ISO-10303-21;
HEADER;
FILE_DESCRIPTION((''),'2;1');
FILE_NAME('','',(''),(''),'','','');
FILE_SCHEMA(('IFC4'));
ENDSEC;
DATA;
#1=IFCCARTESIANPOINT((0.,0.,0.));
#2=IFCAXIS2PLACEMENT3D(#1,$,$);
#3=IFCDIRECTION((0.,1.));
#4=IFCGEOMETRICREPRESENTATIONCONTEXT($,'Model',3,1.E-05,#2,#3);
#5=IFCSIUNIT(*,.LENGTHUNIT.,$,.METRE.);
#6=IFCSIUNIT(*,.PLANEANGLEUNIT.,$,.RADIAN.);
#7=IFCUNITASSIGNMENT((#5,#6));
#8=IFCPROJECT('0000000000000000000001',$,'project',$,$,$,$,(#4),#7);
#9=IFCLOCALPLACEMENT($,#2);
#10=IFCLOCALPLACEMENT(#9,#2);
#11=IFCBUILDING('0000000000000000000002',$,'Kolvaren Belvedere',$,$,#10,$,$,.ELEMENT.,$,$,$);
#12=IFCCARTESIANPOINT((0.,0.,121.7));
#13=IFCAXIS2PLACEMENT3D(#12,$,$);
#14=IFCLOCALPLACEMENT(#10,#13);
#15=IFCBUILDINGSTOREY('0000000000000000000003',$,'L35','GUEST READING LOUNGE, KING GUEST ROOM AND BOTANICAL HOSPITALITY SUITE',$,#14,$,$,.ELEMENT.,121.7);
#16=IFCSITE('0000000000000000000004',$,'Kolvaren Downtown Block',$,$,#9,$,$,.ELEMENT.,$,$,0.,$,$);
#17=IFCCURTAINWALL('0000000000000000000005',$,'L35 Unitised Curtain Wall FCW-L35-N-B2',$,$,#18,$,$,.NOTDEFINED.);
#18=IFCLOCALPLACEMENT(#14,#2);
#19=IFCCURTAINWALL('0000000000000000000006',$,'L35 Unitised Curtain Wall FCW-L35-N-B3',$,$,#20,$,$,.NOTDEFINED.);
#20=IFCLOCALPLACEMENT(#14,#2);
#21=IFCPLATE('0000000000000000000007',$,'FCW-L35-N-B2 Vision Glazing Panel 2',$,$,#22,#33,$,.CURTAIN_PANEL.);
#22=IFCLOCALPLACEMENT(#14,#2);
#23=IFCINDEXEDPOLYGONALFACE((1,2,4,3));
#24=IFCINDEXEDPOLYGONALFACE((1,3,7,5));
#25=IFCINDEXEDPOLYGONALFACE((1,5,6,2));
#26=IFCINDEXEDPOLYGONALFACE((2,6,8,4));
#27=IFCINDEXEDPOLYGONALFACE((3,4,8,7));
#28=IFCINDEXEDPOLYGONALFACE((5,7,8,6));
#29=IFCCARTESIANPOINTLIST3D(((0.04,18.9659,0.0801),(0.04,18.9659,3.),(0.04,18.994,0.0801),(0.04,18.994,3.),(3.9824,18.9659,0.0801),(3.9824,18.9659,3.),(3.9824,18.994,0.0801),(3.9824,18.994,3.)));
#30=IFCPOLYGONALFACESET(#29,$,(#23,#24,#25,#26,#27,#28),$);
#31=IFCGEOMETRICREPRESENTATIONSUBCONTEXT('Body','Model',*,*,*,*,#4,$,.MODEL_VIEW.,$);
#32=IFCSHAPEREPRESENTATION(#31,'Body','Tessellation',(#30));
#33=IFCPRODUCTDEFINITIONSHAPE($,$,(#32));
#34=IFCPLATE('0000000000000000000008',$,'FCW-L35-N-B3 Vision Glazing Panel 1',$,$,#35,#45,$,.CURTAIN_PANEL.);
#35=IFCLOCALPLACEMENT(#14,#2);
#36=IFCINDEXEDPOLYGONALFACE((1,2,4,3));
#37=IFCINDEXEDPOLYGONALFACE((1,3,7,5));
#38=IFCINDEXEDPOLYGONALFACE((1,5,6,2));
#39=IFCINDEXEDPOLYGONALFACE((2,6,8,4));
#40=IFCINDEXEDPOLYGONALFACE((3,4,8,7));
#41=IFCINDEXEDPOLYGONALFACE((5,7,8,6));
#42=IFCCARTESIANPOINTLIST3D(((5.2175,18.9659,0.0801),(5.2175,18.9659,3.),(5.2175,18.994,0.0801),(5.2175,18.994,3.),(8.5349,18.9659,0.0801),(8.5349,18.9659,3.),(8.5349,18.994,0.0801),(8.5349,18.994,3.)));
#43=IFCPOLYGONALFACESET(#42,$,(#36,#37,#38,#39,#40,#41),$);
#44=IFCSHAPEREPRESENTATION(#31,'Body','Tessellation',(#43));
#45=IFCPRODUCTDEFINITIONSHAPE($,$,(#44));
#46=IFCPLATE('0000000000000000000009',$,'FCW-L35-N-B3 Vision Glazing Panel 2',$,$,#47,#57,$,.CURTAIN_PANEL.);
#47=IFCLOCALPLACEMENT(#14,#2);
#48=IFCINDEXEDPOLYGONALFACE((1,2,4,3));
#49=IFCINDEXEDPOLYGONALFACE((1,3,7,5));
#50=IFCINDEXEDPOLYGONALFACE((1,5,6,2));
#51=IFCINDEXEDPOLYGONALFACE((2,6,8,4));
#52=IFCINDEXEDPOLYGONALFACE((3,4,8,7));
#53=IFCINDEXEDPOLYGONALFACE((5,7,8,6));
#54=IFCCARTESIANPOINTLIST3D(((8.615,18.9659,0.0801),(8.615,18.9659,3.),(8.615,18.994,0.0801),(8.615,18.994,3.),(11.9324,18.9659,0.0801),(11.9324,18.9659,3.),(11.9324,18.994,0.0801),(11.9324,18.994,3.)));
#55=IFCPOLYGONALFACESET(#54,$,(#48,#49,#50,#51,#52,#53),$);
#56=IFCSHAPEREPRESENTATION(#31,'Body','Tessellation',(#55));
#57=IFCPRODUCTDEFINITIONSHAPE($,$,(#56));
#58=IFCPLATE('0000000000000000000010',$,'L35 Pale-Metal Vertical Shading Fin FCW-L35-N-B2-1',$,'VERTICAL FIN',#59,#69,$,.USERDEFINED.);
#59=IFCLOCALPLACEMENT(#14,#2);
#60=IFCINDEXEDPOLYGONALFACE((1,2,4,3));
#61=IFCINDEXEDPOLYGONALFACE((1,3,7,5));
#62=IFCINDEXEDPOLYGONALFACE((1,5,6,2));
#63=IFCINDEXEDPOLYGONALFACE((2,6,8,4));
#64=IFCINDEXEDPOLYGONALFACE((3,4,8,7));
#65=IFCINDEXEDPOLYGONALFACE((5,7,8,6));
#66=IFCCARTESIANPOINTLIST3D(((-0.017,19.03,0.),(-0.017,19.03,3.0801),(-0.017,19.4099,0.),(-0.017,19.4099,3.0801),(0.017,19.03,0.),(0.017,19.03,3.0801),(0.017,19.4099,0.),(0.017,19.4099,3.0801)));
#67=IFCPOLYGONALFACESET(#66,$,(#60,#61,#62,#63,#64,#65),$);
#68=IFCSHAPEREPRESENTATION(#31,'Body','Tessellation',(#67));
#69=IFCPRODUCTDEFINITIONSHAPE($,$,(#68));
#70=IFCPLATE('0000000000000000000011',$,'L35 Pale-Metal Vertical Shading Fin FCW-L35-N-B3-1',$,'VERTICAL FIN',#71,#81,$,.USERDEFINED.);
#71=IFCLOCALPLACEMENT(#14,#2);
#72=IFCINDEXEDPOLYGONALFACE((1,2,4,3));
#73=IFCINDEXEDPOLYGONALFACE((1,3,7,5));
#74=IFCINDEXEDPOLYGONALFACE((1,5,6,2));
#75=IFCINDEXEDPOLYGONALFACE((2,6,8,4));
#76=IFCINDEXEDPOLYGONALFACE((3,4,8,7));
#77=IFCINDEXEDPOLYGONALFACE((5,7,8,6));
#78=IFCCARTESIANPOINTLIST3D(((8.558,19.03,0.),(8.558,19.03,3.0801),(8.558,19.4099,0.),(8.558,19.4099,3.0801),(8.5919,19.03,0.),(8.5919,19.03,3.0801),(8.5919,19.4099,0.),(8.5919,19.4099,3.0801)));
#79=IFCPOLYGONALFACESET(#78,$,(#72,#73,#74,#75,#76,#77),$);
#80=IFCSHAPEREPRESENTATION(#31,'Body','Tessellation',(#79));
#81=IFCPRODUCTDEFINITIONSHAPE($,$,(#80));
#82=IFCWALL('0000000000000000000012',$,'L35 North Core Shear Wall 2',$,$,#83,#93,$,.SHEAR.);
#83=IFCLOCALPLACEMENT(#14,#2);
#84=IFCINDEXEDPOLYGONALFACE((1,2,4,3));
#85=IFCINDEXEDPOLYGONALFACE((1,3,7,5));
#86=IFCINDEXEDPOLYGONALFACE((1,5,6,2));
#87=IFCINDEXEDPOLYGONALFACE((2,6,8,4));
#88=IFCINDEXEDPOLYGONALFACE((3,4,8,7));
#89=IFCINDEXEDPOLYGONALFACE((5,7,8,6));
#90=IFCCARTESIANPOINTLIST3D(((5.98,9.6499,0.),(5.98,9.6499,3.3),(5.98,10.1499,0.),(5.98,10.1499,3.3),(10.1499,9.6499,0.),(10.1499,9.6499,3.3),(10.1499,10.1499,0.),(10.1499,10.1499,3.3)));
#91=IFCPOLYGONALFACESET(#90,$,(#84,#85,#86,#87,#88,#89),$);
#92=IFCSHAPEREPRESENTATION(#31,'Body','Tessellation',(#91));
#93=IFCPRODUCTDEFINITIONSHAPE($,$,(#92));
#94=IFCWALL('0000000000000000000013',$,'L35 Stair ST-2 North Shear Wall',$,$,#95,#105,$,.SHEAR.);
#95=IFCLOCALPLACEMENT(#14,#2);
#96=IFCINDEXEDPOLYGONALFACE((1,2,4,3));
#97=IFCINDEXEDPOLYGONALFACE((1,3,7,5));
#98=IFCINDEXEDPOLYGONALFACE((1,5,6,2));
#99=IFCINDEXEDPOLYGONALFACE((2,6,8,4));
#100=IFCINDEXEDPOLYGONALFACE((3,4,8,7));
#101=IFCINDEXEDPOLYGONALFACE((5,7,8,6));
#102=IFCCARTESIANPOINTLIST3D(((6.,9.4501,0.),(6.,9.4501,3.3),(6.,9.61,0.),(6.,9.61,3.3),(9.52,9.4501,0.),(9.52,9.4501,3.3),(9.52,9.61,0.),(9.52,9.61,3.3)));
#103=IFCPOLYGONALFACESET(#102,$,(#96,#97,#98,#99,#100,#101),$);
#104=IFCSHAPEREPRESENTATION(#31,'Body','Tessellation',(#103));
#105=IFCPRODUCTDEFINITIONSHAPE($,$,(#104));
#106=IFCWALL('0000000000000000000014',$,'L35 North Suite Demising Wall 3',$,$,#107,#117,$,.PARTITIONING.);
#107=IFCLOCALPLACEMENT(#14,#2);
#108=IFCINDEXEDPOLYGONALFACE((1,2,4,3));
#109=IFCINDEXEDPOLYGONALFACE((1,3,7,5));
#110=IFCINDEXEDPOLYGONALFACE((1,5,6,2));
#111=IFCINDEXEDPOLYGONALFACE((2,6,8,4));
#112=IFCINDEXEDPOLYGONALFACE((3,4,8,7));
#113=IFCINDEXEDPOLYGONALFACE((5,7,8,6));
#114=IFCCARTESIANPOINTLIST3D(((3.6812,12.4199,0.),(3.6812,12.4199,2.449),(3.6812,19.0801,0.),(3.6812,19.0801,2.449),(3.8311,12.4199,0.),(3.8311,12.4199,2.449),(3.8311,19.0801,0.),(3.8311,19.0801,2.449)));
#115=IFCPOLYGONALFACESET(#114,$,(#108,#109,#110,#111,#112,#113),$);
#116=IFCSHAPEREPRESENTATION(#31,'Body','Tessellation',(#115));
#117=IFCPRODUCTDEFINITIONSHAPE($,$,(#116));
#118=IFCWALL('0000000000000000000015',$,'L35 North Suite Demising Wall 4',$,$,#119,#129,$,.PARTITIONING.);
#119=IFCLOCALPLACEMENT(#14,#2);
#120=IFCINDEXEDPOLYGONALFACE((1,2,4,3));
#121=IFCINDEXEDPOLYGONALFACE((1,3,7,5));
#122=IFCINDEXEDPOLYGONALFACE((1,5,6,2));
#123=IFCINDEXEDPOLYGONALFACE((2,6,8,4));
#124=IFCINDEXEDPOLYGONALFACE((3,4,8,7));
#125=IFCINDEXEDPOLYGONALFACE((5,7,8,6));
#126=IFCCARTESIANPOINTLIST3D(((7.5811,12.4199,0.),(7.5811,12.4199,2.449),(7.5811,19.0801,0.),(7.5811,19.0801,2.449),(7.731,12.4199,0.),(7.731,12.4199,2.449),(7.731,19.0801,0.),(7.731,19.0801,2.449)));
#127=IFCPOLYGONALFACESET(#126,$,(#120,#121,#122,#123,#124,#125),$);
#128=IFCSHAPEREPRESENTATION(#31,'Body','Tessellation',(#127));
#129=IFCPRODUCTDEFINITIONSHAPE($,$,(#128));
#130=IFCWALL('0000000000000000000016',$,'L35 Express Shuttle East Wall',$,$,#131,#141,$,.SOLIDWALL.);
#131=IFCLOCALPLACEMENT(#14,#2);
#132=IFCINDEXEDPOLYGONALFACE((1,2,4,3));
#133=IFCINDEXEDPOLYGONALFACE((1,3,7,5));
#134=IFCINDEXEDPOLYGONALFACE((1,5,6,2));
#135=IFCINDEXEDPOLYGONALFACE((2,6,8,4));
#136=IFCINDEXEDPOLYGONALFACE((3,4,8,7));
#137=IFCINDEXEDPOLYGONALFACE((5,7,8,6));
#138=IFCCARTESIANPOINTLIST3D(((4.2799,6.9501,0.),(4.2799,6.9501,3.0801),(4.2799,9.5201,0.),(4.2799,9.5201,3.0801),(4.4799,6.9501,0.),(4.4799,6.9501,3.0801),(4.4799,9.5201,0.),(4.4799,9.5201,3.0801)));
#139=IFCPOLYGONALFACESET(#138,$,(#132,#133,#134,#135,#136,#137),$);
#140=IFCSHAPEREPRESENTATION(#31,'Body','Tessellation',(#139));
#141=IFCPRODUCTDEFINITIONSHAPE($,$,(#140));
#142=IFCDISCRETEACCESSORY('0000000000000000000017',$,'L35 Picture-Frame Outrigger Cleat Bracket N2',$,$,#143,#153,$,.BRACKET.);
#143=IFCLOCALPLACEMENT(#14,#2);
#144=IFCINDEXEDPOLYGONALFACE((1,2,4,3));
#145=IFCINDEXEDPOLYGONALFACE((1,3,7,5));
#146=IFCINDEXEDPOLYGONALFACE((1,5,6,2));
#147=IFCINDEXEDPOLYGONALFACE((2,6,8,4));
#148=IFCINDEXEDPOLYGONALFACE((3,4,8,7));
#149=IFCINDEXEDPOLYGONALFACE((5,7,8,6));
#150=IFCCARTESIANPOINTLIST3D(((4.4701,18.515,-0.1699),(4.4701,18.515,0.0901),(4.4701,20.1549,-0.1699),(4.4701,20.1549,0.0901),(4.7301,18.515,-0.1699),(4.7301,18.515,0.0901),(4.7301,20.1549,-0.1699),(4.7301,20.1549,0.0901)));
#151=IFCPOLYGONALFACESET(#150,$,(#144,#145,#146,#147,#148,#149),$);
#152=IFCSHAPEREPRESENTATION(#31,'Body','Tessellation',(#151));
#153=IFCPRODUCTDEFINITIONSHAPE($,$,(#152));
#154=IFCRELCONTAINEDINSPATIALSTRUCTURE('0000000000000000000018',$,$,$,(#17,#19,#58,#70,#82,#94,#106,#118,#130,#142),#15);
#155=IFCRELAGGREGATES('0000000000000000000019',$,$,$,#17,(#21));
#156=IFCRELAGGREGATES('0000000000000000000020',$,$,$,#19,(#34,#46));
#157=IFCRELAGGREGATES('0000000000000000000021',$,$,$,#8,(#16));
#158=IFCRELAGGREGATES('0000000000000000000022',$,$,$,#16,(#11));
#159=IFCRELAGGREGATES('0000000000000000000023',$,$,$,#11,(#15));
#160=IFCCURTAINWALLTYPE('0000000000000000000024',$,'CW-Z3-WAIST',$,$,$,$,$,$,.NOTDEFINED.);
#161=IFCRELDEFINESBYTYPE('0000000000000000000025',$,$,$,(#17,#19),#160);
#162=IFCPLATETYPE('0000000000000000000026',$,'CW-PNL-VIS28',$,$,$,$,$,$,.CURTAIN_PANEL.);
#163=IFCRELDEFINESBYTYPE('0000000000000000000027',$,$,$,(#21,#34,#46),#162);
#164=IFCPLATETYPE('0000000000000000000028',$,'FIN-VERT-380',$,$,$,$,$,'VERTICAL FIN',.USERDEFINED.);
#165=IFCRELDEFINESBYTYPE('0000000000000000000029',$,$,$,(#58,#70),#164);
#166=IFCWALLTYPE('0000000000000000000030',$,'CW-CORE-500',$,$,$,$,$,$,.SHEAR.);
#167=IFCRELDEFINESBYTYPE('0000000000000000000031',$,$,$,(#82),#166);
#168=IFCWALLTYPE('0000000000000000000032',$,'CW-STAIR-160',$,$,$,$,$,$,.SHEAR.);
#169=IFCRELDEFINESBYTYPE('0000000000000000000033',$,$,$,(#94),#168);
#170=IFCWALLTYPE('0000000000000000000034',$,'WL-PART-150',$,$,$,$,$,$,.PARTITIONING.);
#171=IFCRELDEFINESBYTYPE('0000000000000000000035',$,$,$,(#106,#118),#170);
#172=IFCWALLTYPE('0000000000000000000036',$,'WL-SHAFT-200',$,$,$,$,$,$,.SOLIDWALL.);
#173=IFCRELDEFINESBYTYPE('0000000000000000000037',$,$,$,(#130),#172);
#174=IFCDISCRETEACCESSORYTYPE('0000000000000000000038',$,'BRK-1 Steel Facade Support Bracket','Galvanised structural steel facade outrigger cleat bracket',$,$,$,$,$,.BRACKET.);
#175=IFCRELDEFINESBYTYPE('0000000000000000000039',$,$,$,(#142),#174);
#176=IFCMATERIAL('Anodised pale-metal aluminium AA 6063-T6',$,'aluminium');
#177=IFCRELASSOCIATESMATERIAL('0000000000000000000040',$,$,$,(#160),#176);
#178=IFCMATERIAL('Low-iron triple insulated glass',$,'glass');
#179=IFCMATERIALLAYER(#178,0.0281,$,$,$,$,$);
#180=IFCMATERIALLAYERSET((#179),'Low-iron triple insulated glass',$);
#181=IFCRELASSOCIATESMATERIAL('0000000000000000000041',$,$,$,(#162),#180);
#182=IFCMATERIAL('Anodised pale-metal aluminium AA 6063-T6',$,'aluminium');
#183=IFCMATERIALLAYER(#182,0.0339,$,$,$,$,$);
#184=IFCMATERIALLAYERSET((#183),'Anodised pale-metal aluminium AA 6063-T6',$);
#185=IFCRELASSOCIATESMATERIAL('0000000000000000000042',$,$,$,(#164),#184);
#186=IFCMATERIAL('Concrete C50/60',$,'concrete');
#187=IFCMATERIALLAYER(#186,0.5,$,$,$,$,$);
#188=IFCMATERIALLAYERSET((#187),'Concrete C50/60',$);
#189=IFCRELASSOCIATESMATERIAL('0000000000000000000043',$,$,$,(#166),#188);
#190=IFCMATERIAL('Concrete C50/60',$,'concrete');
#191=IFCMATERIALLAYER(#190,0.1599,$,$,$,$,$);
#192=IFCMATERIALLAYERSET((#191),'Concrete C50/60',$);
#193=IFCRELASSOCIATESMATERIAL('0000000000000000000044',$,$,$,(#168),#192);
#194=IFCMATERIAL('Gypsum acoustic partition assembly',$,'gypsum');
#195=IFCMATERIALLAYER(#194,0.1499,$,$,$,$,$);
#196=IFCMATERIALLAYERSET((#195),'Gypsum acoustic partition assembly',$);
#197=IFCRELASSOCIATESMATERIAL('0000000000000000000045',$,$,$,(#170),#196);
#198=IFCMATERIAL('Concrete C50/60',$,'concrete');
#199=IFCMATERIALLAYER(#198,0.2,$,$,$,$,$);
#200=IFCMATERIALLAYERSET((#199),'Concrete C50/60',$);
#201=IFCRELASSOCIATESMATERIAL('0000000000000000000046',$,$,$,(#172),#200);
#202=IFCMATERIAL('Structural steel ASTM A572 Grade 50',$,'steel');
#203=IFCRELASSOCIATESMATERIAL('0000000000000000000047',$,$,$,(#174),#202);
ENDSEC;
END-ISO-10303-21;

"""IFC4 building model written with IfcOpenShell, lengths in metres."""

from ifc_helpers import new_model, si_unit, direction, frame, frame_2d, origin, origin_2d, place, context, subcontext, project, spatial, rectangle, extrude, material, layer, layer_set, type_object, element, aggregate, save


model = new_model("IFC4")

# Units and contexts
model_context = context("Model", 3, precision=1e-05, world=origin(), true_north=direction((0.0, 1.0)))
body_context = subcontext(model_context, "Body", "Model", "MODEL_VIEW")
ifc_project = project(units=[si_unit("LENGTHUNIT", "METRE"), si_unit("PLANEANGLEUNIT", "RADIAN")], contexts=[model_context])

# Site, building, storey
site_placement = place(None, origin())
site = spatial("IfcSite", under=ifc_project, at=site_placement, Name="Kolvaren Downtown Block", CompositionType="ELEMENT", RefElevation=0.0)
building_placement = place(site_placement, origin())
building = spatial("IfcBuilding", under=site, at=building_placement, Name="Kolvaren Belvedere", CompositionType="ELEMENT")
storey_placement = place(building_placement, frame((0.0, 0.0, 121.7)))
storey = spatial("IfcBuildingStorey", under=building, at=storey_placement, Name="L35", Description="GUEST READING LOUNGE, KING GUEST ROOM AND BOTANICAL HOSPITALITY SUITE", CompositionType="ELEMENT", Elevation=121.7)

# Curtain walls
ifc_material_1 = material(Name="Anodised pale-metal aluminium AA 6063-T6", Category="aluminium")
curtain_wall_type = type_object("IfcCurtainWallType", Name="CW-Z3-WAIST", PredefinedType="NOTDEFINED", material=ifc_material_1)
curtain_wall_1_placement = place(storey_placement, origin())
curtain_wall_1 = element("IfcCurtainWall", 1, at=curtain_wall_1_placement, inside=storey, type_object=curtain_wall_type, Name="L35 Unitised Curtain Wall FCW-L35-N-B2", PredefinedType="NOTDEFINED")
curtain_wall_2_placement = place(storey_placement, origin())
curtain_wall_2 = element("IfcCurtainWall", 2, at=curtain_wall_2_placement, inside=storey, type_object=curtain_wall_type, Name="L35 Unitised Curtain Wall FCW-L35-N-B3", PredefinedType="NOTDEFINED")

# Plates
ifc_material_2 = material(Name="Low-iron triple insulated glass", Category="glass")
ifc_layer_1 = layer(ifc_material_2, 0.0281)
ifc_layer_set_1 = layer_set([ifc_layer_1], Name="Low-iron triple insulated glass")
plate_type_1 = type_object("IfcPlateType", Name="CW-PNL-VIS28", PredefinedType="CURTAIN_PANEL", material=ifc_layer_set_1)
plate_1_placement = place(storey_placement, frame((2.0112, 18.98, 0.0801), z_axis=(0.0, 0.0, 1.0), x_axis=(1.0, 0.0, 0.0)))
plate_1 = element("IfcPlate", 3, at=plate_1_placement, type_object=plate_type_1, Name="FCW-L35-N-B2 Vision Glazing Panel 2", PredefinedType="CURTAIN_PANEL", context=body_context, shape_type="SweptSolid", body=[
    extrude(rectangle(XDim=3.9424, YDim=0.0281, at=origin_2d()), origin(), (0.0, 0.0, 1.0), 2.9199),
])
aggregate(curtain_wall_1, [plate_1])
plate_2_placement = place(storey_placement, frame((6.8762, 18.98, 0.0801), z_axis=(0.0, 0.0, 1.0), x_axis=(1.0, 0.0, 0.0)))
plate_2 = element("IfcPlate", 4, at=plate_2_placement, type_object=plate_type_1, Name="FCW-L35-N-B3 Vision Glazing Panel 1", PredefinedType="CURTAIN_PANEL", context=body_context, shape_type="SweptSolid", body=[
    extrude(rectangle(XDim=3.3174, YDim=0.0281, at=origin_2d()), origin(), (0.0, 0.0, 1.0), 2.9199),
])
plate_3_placement = place(storey_placement, frame((10.2737, 18.98, 0.0801), z_axis=(0.0, 0.0, 1.0), x_axis=(1.0, 0.0, 0.0)))
plate_3 = element("IfcPlate", 5, at=plate_3_placement, type_object=plate_type_1, Name="FCW-L35-N-B3 Vision Glazing Panel 2", PredefinedType="CURTAIN_PANEL", context=body_context, shape_type="SweptSolid", body=[
    extrude(rectangle(XDim=3.3174, YDim=0.0281, at=origin_2d()), origin(), (0.0, 0.0, 1.0), 2.9199),
])
aggregate(curtain_wall_2, [plate_2, plate_3])

# Plates
ifc_material_3 = material(Name="Anodised pale-metal aluminium AA 6063-T6", Category="aluminium")
ifc_layer_2 = layer(ifc_material_3, 0.0339)
ifc_layer_set_2 = layer_set([ifc_layer_2], Name="Anodised pale-metal aluminium AA 6063-T6")
plate_type_2 = type_object("IfcPlateType", Name="FIN-VERT-380", ElementType="VERTICAL FIN", PredefinedType="USERDEFINED", material=ifc_layer_set_2)
for number, where, z_axis, x_axis, name in (
    (6, (0.0, 19.22, 0.0), (0.0, 0.0, 1.0), (0.0, 1.0, 0.0), "L35 Pale-Metal Vertical Shading Fin FCW-L35-N-B2-1"),
    (7, (8.575, 19.22, 0.0), (0.0, 0.0, 1.0), (0.0, 1.0, 0.0), "L35 Pale-Metal Vertical Shading Fin FCW-L35-N-B3-1"),
):
    element("IfcPlate", number, at=place(storey_placement, frame(where, z_axis=z_axis, x_axis=x_axis)), inside=storey, type_object=plate_type_2, Name=name, ObjectType="VERTICAL FIN", PredefinedType="USERDEFINED", context=body_context, shape_type="SweptSolid", body=[
        extrude(rectangle(XDim=0.3799, YDim=0.0339, at=origin_2d()), origin(), (0.0, 0.0, 1.0), 3.0801),
    ])

# Walls
ifc_material_4 = material(Name="Concrete C50/60", Category="concrete")
ifc_layer_3 = layer(ifc_material_4, 0.5)
ifc_layer_set_3 = layer_set([ifc_layer_3], Name="Concrete C50/60")
wall_type_1 = type_object("IfcWallType", Name="CW-CORE-500", PredefinedType="SHEAR", material=ifc_layer_set_3)
wall_1_placement = place(storey_placement, frame((5.98, 9.8999, 0.0), z_axis=(0.0, 0.0, 1.0), x_axis=(1.0, 0.0, 0.0)))
element("IfcWall", 8, at=wall_1_placement, inside=storey, type_object=wall_type_1, Name="L35 North Core Shear Wall 2", PredefinedType="SHEAR", context=body_context, shape_type="SweptSolid", body=[
    extrude(rectangle(XDim=4.1699, YDim=0.5, at=frame_2d((2.085, 0.0))), origin(), (0.0, 0.0, 1.0), 3.3),
])
ifc_material_5 = material(Name="Concrete C50/60", Category="concrete")
ifc_layer_4 = layer(ifc_material_5, 0.1599)
ifc_layer_set_4 = layer_set([ifc_layer_4], Name="Concrete C50/60")
wall_type_2 = type_object("IfcWallType", Name="CW-STAIR-160", PredefinedType="SHEAR", material=ifc_layer_set_4)
wall_2_placement = place(storey_placement, frame((6.0, 9.53, 0.0), z_axis=(0.0, 0.0, 1.0), x_axis=(1.0, 0.0, 0.0)))
element("IfcWall", 9, at=wall_2_placement, inside=storey, type_object=wall_type_2, Name="L35 Stair ST-2 North Shear Wall", PredefinedType="SHEAR", context=body_context, shape_type="SweptSolid", body=[
    extrude(rectangle(XDim=3.52, YDim=0.1599, at=frame_2d((1.76, 0.0))), origin(), (0.0, 0.0, 1.0), 3.3),
])
ifc_material_6 = material(Name="Gypsum acoustic partition assembly", Category="gypsum")
ifc_layer_5 = layer(ifc_material_6, 0.1499)
ifc_layer_set_5 = layer_set([ifc_layer_5], Name="Gypsum acoustic partition assembly")
wall_type_3 = type_object("IfcWallType", Name="WL-PART-150", PredefinedType="PARTITIONING", material=ifc_layer_set_5)
for number, where, z_axis, x_axis, name in (
    (10, (3.7561, 12.4199, 0.0), (0.0, 0.0, 1.0), (0.0, 1.0, 0.0), "L35 North Suite Demising Wall 3"),
    (11, (7.656, 12.4199, 0.0), (0.0, 0.0, 1.0), (0.0, 1.0, 0.0), "L35 North Suite Demising Wall 4"),
):
    element("IfcWall", number, at=place(storey_placement, frame(where, z_axis=z_axis, x_axis=x_axis)), inside=storey, type_object=wall_type_3, Name=name, PredefinedType="PARTITIONING", context=body_context, shape_type="SweptSolid", body=[
        extrude(rectangle(XDim=6.6602, YDim=0.1499, at=frame_2d((3.3301, 0.0))), origin(), (0.0, 0.0, 1.0), 2.449),
    ])
ifc_material_7 = material(Name="Concrete C50/60", Category="concrete")
ifc_layer_6 = layer(ifc_material_7, 0.2)
ifc_layer_set_6 = layer_set([ifc_layer_6], Name="Concrete C50/60")
wall_type_4 = type_object("IfcWallType", Name="WL-SHAFT-200", PredefinedType="SOLIDWALL", material=ifc_layer_set_6)
wall_3_placement = place(storey_placement, frame((4.3799, 6.95, 0.0), z_axis=(0.0, 0.0, 1.0), x_axis=(0.0, 1.0, 0.0)))
element("IfcWall", 12, at=wall_3_placement, inside=storey, type_object=wall_type_4, Name="L35 Express Shuttle East Wall", PredefinedType="SOLIDWALL", context=body_context, shape_type="SweptSolid", body=[
    extrude(rectangle(XDim=2.5701, YDim=0.2, at=frame_2d((1.2852, 0.0))), origin(), (0.0, 0.0, 1.0), 3.0801),
])

# Discrete accessory
ifc_material_8 = material(Name="Structural steel ASTM A572 Grade 50", Category="steel")
discrete_accessory_type = type_object("IfcDiscreteAccessoryType", Name="BRK-1 Steel Facade Support Bracket", Description="Galvanised structural steel facade outrigger cleat bracket", PredefinedType="BRACKET", material=ifc_material_8)
discrete_accessory_placement = place(storey_placement, frame((4.6001, 19.335, -0.1699), z_axis=(0.0, 0.0, 1.0), x_axis=(0.0, 1.0, 0.0)))
element("IfcDiscreteAccessory", 13, at=discrete_accessory_placement, inside=storey, type_object=discrete_accessory_type, Name="L35 Picture-Frame Outrigger Cleat Bracket N2", PredefinedType="BRACKET", context=body_context, shape_type="SweptSolid", body=[
    extrude(rectangle(XDim=1.6399, YDim=0.26, at=origin_2d()), origin(), (0.0, 0.0, 1.0), 0.26),
])

save(model, "model.ifc")
